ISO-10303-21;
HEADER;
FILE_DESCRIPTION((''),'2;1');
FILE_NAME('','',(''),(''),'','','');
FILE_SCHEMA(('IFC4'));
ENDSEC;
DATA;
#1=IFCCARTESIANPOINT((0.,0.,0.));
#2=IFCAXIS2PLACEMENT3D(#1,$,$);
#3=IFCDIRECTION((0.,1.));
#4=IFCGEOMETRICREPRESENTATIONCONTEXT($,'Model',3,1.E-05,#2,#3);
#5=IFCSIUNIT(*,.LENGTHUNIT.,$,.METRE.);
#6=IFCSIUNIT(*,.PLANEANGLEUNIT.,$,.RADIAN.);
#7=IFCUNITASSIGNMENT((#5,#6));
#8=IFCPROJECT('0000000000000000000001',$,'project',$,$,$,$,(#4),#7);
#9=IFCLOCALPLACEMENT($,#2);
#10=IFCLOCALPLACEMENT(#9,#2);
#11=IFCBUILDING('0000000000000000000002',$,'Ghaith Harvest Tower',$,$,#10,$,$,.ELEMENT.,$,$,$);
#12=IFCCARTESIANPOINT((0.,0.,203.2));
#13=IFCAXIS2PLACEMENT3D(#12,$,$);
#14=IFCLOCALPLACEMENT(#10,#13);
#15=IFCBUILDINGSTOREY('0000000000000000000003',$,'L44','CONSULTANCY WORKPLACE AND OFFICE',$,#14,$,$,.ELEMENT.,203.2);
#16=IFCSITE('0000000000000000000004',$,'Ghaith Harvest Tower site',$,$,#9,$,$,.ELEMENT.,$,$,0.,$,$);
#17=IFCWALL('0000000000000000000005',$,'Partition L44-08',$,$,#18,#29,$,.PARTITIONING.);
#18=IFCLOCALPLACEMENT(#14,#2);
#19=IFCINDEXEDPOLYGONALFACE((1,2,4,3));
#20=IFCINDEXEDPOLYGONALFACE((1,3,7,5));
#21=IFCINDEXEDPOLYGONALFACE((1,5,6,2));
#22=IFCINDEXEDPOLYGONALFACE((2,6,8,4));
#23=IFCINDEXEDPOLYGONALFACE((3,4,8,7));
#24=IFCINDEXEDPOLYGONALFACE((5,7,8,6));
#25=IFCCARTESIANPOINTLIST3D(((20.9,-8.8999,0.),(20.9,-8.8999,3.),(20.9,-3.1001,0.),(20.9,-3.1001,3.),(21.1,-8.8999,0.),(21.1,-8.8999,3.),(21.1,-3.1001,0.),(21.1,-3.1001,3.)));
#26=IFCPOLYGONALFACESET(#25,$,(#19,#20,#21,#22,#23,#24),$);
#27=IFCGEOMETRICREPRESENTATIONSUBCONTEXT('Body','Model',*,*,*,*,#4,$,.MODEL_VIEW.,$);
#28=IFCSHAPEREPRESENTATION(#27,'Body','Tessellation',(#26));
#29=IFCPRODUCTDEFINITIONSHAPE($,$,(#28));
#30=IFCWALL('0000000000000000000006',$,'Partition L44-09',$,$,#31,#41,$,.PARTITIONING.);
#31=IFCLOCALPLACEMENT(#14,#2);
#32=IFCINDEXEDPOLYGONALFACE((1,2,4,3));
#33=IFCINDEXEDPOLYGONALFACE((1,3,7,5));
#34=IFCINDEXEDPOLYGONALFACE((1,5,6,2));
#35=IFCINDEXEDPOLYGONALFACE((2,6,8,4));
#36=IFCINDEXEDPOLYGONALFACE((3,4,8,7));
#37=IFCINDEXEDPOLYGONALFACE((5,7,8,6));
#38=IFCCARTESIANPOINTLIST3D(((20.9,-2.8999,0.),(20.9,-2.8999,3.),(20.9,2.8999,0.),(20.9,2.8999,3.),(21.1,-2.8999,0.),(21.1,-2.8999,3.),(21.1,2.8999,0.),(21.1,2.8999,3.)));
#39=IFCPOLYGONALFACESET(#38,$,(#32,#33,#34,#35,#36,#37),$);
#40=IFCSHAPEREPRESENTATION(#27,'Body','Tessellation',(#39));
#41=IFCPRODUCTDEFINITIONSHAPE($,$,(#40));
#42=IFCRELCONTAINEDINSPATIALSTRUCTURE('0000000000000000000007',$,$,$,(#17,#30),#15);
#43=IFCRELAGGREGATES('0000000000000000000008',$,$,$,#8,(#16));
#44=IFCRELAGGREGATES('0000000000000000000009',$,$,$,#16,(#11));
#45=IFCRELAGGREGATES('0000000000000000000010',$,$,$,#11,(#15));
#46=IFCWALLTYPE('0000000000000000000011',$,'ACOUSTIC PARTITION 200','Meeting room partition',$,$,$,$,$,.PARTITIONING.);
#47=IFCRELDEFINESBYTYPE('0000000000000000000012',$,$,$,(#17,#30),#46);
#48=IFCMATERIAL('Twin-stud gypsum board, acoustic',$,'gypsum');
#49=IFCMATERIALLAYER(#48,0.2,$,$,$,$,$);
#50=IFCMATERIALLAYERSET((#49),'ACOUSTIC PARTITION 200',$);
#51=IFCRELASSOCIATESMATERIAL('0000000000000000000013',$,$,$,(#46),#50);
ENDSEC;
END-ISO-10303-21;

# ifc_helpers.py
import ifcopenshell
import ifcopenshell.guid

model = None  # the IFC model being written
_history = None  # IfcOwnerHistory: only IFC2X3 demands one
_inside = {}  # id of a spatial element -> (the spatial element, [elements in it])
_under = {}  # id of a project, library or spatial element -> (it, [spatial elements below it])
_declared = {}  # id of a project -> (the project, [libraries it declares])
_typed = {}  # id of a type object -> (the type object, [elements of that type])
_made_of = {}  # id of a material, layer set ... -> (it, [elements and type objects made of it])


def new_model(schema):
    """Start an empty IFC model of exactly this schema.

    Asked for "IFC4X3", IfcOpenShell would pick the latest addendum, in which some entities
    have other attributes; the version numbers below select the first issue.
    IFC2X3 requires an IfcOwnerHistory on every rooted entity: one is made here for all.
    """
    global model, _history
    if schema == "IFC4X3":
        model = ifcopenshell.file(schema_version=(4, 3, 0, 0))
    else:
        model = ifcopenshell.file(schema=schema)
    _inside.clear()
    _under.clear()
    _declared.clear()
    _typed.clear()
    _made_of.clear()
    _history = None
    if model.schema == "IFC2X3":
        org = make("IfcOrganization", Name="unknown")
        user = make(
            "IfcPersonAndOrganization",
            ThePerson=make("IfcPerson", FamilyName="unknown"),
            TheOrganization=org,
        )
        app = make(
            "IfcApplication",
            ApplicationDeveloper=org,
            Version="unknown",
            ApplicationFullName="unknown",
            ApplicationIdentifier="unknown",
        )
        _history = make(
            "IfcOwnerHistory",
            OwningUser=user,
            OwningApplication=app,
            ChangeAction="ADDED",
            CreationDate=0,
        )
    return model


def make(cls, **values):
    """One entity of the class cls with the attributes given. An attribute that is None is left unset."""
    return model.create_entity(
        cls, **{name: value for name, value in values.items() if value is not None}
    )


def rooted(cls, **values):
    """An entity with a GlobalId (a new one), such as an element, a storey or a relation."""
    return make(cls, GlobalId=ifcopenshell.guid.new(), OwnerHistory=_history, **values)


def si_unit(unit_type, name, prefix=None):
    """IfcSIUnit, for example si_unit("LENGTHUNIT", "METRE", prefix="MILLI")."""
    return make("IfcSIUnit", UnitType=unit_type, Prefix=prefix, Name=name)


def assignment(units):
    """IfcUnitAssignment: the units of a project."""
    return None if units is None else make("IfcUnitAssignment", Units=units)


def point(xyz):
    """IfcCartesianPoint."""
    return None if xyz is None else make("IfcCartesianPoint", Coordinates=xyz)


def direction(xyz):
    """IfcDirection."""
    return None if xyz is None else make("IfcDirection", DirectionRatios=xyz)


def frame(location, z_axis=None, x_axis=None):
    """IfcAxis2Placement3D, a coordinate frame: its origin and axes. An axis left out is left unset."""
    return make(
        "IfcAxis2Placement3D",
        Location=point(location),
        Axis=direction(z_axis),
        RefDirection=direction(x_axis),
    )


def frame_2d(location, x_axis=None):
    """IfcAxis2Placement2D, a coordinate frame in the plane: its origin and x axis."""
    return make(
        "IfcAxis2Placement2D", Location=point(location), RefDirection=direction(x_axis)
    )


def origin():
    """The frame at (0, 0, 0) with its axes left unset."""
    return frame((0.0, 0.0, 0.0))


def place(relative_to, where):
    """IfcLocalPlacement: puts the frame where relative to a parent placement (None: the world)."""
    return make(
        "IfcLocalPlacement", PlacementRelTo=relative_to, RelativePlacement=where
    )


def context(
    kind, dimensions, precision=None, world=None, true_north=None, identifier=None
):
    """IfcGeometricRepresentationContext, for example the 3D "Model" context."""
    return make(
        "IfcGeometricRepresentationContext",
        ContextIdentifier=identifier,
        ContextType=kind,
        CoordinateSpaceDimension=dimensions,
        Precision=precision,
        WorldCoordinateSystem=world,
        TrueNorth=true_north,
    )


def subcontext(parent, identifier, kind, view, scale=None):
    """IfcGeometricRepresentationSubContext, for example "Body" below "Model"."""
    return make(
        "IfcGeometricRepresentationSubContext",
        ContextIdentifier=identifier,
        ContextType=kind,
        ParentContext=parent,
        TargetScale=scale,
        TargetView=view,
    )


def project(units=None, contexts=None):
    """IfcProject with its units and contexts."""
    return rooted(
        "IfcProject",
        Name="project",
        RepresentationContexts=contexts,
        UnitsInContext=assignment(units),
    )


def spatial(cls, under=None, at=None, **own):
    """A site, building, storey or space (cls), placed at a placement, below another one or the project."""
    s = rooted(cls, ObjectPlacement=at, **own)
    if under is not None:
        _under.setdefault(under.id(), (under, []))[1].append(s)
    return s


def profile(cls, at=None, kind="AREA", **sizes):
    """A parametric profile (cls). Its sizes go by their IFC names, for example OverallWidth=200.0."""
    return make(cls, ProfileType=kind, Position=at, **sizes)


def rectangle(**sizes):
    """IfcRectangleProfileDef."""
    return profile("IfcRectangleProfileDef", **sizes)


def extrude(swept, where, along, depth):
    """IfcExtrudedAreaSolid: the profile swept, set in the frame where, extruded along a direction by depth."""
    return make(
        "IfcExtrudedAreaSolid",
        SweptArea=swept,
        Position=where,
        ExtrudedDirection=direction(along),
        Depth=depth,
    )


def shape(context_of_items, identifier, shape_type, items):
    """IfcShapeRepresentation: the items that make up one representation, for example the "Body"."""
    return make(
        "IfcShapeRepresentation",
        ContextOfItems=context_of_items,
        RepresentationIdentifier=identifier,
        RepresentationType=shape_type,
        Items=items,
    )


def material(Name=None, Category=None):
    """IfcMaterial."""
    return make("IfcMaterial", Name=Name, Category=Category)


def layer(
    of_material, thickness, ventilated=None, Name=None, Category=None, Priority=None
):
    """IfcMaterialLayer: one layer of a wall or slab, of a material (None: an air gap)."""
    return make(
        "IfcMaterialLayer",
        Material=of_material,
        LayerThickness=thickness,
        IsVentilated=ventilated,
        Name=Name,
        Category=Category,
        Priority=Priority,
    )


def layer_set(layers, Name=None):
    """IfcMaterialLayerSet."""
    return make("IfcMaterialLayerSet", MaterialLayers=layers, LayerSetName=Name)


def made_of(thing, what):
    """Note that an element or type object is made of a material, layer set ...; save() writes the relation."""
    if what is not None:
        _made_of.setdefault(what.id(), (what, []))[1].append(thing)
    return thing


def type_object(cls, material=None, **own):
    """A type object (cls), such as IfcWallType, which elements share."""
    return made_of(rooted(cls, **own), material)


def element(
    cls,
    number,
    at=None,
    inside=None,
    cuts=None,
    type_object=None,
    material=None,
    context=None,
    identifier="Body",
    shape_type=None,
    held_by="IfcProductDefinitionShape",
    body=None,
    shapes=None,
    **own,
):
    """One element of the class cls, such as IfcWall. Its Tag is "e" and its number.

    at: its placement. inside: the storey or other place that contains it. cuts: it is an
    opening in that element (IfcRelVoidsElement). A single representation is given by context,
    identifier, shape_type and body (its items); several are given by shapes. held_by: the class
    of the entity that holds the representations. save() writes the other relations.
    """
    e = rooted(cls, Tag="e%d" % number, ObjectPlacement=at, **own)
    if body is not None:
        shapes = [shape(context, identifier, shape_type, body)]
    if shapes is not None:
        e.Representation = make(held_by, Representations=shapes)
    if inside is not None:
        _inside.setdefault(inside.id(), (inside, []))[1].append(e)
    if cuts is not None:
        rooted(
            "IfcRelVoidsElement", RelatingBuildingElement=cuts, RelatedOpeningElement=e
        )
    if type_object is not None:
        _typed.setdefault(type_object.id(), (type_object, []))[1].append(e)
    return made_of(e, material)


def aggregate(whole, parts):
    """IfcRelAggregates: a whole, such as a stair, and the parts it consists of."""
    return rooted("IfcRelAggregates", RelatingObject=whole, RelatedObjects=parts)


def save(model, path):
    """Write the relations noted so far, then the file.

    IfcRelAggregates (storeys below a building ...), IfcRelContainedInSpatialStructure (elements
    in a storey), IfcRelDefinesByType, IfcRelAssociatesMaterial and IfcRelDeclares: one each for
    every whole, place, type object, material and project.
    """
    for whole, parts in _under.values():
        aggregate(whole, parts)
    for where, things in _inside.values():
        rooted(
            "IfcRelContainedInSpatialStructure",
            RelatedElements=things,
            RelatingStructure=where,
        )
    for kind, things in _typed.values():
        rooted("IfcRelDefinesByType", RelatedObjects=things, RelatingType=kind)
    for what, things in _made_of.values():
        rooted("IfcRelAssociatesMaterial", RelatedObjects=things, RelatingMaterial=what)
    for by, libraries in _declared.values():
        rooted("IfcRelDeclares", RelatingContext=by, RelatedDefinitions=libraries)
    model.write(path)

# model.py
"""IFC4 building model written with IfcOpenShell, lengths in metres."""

from ifc_helpers import new_model, si_unit, direction, frame, frame_2d, origin, place, context, subcontext, project, spatial, rectangle, extrude, material, layer, layer_set, type_object, element, save


model = new_model("IFC4")

# Units and contexts
model_context = context("Model", 3, precision=1e-05, world=origin(), true_north=direction((0.0, 1.0)))
body_context = subcontext(model_context, "Body", "Model", "MODEL_VIEW")
ifc_project = project(units=[si_unit("LENGTHUNIT", "METRE"), si_unit("PLANEANGLEUNIT", "RADIAN")], contexts=[model_context])

# Site, building, storey
site_placement = place(None, origin())
site = spatial("IfcSite", under=ifc_project, at=site_placement, Name="Ghaith Harvest Tower site", CompositionType="ELEMENT", RefElevation=0.0)
building_placement = place(site_placement, origin())
building = spatial("IfcBuilding", under=site, at=building_placement, Name="Ghaith Harvest Tower", CompositionType="ELEMENT")
storey_placement = place(building_placement, frame((0.0, 0.0, 203.2)))
storey = spatial("IfcBuildingStorey", under=building, at=storey_placement, Name="L44", Description="CONSULTANCY WORKPLACE AND OFFICE", CompositionType="ELEMENT", Elevation=203.2)

# Shared definitions
ifc_material_1 = material(Name="Twin-stud gypsum board, acoustic", Category="gypsum")
ifc_layer_1 = layer(ifc_material_1, 0.2)
ifc_layer_set_1 = layer_set([ifc_layer_1], Name="ACOUSTIC PARTITION 200")
wall_type_1 = type_object("IfcWallType", Name="ACOUSTIC PARTITION 200", Description="Meeting room partition", PredefinedType="PARTITIONING", material=ifc_layer_set_1)

# Wall
wall_1_placement = place(storey_placement, frame((21.0, -8.8999, 0.0), z_axis=(0.0, 0.0, 1.0), x_axis=(0.0, 1.0, 0.0)))
element("IfcWall", 1, at=wall_1_placement, inside=storey, type_object=wall_type_1, Name="Partition L44-08", PredefinedType="PARTITIONING", context=body_context, shape_type="SweptSolid", body=[
    extrude(rectangle(XDim=5.7998, YDim=0.2, at=frame_2d((2.8999, 0.0))), origin(), (0.0, 0.0, 1.0), 3.0),
])

# Wall
wall_2_placement = place(storey_placement, frame((21.0, -2.8999, 0.0), z_axis=(0.0, 0.0, 1.0), x_axis=(0.0, 1.0, 0.0)))
element("IfcWall", 2, at=wall_2_placement, inside=storey, type_object=wall_type_1, Name="Partition L44-09", PredefinedType="PARTITIONING", context=body_context, shape_type="SweptSolid", body=[
    extrude(rectangle(XDim=5.7998, YDim=0.2, at=frame_2d((2.8999, 0.0))), origin(), (0.0, 0.0, 1.0), 3.0),
])

save(model, "model.ifc")
